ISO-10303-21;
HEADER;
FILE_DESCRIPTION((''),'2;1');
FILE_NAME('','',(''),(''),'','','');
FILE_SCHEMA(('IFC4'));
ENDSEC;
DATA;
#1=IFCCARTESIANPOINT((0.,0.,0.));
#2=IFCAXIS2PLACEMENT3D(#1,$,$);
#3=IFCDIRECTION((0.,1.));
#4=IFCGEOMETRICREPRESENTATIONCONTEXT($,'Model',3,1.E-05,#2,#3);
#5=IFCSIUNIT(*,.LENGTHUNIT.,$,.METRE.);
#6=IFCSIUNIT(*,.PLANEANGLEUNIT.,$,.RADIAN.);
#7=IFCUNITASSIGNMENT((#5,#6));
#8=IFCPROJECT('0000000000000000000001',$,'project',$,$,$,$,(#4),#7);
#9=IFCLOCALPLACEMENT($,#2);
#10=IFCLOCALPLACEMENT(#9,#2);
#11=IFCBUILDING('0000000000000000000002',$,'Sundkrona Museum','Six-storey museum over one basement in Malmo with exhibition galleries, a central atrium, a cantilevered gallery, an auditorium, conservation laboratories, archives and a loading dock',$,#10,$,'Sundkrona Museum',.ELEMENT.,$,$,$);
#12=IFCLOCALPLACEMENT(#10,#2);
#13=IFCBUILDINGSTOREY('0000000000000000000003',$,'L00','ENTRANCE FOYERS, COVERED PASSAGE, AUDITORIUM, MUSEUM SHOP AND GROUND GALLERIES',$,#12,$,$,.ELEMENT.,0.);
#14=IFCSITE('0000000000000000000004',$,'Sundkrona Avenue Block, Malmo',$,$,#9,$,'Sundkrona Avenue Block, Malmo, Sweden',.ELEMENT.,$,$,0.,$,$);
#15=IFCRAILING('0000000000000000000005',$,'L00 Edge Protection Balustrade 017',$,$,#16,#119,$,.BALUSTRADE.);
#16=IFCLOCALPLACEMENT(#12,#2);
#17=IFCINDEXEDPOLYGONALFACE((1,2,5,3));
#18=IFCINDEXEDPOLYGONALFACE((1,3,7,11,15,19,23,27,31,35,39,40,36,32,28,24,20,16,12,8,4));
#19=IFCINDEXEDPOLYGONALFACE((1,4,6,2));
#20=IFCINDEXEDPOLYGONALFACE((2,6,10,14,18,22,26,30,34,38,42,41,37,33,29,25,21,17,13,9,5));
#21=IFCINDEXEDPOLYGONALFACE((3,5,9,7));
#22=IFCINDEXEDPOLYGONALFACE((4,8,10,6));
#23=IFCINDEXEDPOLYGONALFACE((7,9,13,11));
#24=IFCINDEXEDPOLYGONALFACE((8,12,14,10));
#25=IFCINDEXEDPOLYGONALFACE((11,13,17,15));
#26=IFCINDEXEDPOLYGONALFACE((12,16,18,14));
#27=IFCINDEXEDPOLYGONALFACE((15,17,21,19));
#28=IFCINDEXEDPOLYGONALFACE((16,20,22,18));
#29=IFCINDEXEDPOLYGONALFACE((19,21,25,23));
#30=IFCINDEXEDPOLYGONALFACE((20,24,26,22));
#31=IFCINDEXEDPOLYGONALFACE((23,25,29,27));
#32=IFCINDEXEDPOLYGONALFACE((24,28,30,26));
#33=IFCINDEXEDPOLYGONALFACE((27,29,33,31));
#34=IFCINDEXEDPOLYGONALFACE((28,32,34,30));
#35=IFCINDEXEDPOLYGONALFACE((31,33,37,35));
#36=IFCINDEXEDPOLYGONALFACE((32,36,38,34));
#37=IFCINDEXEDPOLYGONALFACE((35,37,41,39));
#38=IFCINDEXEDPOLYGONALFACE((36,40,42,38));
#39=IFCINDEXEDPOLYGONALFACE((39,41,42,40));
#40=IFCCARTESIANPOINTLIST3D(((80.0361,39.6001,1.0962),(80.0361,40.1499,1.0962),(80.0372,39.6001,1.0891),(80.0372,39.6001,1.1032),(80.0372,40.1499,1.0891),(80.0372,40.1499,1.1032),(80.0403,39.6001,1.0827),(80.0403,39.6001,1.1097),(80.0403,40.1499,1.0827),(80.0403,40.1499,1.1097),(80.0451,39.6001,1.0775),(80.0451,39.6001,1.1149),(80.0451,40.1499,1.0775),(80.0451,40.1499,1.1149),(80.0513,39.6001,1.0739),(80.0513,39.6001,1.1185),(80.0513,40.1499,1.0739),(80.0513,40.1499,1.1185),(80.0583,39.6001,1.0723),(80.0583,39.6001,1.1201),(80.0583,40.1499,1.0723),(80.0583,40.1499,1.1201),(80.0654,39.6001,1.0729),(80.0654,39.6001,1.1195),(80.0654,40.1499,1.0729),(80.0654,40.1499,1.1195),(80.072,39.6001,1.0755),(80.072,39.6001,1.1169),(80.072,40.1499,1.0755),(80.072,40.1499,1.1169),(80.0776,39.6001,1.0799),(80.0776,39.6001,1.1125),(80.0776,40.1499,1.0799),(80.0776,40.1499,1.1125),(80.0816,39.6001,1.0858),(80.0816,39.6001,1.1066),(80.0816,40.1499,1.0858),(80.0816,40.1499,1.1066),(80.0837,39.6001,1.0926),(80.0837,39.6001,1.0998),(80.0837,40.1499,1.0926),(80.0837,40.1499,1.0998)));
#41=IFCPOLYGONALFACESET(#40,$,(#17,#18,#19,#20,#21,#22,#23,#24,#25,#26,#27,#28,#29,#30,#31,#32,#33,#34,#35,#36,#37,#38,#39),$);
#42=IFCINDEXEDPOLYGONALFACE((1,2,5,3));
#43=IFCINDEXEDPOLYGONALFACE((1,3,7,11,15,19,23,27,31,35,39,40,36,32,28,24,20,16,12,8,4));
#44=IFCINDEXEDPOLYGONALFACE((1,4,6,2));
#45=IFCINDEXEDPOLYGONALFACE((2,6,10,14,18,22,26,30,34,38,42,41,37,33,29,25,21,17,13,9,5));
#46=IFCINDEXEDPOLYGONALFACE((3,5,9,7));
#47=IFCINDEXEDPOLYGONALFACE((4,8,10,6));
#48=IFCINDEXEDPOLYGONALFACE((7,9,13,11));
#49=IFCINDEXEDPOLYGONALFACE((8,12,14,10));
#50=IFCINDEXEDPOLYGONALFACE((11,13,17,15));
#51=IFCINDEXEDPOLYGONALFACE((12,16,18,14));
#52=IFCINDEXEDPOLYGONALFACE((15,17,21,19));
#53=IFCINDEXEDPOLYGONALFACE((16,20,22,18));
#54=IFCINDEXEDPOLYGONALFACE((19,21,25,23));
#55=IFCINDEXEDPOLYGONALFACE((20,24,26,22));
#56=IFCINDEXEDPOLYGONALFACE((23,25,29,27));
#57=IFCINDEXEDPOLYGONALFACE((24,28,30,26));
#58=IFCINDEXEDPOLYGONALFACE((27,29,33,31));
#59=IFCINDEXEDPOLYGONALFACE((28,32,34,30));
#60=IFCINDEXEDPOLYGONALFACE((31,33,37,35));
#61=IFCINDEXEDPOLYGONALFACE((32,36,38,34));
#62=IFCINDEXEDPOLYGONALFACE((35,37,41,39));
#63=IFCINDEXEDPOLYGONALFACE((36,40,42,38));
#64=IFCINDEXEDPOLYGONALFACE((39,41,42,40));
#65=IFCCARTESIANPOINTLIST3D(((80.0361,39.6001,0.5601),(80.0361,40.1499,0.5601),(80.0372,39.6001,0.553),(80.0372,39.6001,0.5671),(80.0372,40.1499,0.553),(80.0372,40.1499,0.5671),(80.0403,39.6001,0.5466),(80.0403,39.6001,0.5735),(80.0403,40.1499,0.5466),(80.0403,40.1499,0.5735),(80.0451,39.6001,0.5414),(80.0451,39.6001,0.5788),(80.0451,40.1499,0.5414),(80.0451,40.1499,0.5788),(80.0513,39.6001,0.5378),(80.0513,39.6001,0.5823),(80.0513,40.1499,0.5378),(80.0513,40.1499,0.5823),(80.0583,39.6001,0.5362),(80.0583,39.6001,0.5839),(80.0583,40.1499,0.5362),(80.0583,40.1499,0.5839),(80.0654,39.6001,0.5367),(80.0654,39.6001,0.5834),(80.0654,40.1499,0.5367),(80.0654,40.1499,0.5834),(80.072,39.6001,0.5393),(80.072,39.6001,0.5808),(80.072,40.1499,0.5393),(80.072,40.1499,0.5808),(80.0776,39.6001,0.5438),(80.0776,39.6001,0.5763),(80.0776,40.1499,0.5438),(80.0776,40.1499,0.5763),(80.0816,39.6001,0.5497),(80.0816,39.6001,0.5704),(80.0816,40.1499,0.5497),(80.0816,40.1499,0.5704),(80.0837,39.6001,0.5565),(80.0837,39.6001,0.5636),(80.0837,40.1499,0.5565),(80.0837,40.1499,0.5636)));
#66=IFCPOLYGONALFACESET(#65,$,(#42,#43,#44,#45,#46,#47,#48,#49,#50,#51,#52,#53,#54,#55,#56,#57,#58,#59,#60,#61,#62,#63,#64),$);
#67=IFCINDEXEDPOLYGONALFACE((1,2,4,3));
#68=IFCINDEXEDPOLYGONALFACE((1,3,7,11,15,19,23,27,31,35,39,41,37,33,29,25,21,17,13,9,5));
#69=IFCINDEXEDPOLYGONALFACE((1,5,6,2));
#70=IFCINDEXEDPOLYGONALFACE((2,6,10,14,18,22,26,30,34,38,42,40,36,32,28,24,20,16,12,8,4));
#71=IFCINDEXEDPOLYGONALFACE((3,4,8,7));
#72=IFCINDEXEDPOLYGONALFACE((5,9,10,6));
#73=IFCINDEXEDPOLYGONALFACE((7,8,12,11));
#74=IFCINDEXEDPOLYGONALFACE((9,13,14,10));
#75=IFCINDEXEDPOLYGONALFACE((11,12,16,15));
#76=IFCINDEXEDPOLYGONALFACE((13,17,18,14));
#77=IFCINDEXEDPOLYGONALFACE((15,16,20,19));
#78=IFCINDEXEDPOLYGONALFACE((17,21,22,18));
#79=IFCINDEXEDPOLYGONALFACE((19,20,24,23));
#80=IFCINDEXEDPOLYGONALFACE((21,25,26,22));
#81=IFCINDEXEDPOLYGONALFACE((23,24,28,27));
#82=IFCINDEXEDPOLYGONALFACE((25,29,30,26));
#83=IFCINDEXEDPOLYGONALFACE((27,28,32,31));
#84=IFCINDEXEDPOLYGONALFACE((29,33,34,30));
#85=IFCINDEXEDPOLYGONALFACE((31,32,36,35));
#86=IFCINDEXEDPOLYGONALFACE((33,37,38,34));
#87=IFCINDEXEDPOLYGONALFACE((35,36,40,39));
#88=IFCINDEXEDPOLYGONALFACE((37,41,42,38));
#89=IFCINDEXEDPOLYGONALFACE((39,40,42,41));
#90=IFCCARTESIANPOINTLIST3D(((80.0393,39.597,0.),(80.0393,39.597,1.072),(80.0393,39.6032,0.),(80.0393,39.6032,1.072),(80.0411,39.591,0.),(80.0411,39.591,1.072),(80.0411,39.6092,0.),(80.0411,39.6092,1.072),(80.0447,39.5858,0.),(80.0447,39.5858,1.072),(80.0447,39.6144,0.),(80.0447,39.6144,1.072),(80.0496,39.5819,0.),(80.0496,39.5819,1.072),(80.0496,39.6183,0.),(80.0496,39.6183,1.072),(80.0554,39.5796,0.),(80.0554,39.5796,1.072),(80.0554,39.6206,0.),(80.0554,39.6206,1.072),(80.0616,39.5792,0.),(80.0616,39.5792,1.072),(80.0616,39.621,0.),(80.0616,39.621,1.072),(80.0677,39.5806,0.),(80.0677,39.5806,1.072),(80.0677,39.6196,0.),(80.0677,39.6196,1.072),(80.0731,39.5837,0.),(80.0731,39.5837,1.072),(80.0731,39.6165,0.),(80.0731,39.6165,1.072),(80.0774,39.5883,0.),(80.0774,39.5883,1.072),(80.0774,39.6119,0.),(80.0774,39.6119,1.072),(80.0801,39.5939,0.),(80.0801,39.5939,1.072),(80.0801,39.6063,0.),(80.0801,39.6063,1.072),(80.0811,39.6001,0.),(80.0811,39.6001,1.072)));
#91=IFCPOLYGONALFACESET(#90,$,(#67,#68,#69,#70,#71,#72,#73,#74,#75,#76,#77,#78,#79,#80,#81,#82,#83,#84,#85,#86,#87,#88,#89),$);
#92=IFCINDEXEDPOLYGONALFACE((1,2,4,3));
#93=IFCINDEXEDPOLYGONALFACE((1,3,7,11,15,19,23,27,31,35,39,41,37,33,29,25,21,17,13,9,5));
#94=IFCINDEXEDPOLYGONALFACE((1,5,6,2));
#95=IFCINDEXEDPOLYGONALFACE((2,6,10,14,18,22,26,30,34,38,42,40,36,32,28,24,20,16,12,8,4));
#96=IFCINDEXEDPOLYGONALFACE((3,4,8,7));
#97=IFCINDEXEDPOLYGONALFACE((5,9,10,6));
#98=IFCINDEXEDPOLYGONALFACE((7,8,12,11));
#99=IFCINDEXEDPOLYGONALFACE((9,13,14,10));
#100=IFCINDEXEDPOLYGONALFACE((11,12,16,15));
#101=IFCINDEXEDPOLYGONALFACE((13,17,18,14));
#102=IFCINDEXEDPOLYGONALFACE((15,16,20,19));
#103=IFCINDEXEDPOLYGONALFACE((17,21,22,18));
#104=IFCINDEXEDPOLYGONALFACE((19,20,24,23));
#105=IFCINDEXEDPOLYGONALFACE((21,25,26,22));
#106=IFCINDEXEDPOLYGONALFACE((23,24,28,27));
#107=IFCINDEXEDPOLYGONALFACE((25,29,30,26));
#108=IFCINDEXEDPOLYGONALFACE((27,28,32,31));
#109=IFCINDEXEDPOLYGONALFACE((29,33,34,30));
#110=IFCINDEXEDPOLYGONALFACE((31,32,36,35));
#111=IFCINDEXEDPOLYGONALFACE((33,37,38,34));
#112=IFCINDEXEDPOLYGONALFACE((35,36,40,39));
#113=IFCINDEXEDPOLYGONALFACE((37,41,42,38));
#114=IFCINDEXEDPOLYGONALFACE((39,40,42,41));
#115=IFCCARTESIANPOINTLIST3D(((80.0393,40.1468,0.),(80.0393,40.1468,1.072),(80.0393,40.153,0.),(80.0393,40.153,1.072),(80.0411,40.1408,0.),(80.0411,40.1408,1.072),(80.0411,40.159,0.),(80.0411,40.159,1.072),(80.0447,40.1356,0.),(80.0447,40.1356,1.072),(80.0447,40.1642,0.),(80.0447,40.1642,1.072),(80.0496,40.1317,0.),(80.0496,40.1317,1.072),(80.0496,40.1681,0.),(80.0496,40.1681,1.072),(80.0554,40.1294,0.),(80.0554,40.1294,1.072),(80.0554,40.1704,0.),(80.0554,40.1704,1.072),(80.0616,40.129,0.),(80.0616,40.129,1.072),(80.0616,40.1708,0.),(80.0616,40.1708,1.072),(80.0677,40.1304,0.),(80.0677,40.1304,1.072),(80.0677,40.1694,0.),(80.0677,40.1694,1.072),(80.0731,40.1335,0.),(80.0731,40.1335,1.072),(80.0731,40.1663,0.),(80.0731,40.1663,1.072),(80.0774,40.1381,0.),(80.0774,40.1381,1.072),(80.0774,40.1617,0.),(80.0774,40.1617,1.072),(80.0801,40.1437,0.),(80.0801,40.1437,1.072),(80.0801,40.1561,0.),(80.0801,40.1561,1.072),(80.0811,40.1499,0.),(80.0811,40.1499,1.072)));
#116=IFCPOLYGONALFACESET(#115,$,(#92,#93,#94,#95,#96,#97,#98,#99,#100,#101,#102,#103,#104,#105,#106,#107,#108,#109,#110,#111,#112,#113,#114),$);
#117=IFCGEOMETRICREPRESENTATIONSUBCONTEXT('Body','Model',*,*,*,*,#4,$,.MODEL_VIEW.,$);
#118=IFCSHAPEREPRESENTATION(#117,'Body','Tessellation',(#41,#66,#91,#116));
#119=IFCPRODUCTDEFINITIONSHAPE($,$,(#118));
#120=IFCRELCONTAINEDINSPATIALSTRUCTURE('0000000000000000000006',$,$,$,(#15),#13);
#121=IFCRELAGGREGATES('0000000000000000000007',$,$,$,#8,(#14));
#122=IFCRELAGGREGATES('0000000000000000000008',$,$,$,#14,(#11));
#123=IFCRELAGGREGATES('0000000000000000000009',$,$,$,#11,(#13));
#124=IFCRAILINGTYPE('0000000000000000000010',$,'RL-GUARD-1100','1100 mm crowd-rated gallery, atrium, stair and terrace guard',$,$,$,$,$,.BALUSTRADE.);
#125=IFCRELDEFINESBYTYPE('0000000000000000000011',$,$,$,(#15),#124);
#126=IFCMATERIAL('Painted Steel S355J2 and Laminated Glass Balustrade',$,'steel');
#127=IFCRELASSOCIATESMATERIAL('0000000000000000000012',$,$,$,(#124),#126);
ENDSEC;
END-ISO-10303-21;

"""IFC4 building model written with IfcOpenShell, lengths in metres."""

from ifc_helpers import new_model, si_unit, direction, frame, origin, origin_2d, place, context, subcontext, project, spatial, circle, extrude, material, type_object, element, save


model = new_model("IFC4")

# Units and contexts
model_context = context("Model", 3, precision=1e-05, world=origin(), true_north=direction((0.0, 1.0)))
body_context = subcontext(model_context, "Body", "Model", "MODEL_VIEW")
ifc_project = project(units=[si_unit("LENGTHUNIT", "METRE"), si_unit("PLANEANGLEUNIT", "RADIAN")], contexts=[model_context])

# Site, building, storey
site_placement = place(None, origin())
site = spatial("IfcSite", under=ifc_project, at=site_placement, Name="Sundkrona Avenue Block, Malmo", LongName="Sundkrona Avenue Block, Malmo, Sweden", CompositionType="ELEMENT", RefElevation=0.0)
building_placement = place(site_placement, origin())
building = spatial("IfcBuilding", under=site, at=building_placement, Name="Sundkrona Museum", Description="Six-storey museum over one basement in Malmo with exhibition galleries, a central atrium, a cantilevered gallery, an auditorium, conservation laboratories, archives and a loading dock", LongName="Sundkrona Museum", CompositionType="ELEMENT")
storey_placement = place(building_placement, origin())
storey = spatial("IfcBuildingStorey", under=building, at=storey_placement, Name="L00", Description="ENTRANCE FOYERS, COVERED PASSAGE, AUDITORIUM, MUSEUM SHOP AND GROUND GALLERIES", CompositionType="ELEMENT", Elevation=0.0)

# Railing
ifc_material_1 = material(Name="Painted Steel S355J2 and Laminated Glass Balustrade", Category="steel")
railing_type = type_object("IfcRailingType", Name="RL-GUARD-1100", Description="1100 mm crowd-rated gallery, atrium, stair and terrace guard", PredefinedType="BALUSTRADE", material=ifc_material_1)
railing_1_placement = place(storey_placement, frame((80.0601, 39.6001, 0.0)))
element("IfcRailing", 1, at=railing_1_placement, inside=storey, type_object=railing_type, Name="L00 Edge Protection Balustrade 017", PredefinedType="BALUSTRADE", context=body_context, shape_type="SweptSolid", body=[
    extrude(circle(Radius=0.0239, at=origin_2d()), frame((0.0, 0.0, 1.0962), z_axis=(0.0, 1.0, 0.0), x_axis=(-1.0, 0.0, 0.0)), (0.0, 0.0, 1.0), 0.5498),
    extrude(circle(Radius=0.0239, at=origin_2d()), frame((0.0, 0.0, 0.5601), z_axis=(0.0, 1.0, 0.0), x_axis=(-1.0, 0.0, 0.0)), (0.0, 0.0, 1.0), 0.5498),
    extrude(circle(Radius=0.021, at=origin_2d()), origin(), (0.0, 0.0, 1.0), 1.072),
    extrude(circle(Radius=0.021, at=origin_2d()), frame((0.0, 0.5498, 0.0)), (0.0, 0.0, 1.0), 1.072),
])

save(model, "model.ifc")
